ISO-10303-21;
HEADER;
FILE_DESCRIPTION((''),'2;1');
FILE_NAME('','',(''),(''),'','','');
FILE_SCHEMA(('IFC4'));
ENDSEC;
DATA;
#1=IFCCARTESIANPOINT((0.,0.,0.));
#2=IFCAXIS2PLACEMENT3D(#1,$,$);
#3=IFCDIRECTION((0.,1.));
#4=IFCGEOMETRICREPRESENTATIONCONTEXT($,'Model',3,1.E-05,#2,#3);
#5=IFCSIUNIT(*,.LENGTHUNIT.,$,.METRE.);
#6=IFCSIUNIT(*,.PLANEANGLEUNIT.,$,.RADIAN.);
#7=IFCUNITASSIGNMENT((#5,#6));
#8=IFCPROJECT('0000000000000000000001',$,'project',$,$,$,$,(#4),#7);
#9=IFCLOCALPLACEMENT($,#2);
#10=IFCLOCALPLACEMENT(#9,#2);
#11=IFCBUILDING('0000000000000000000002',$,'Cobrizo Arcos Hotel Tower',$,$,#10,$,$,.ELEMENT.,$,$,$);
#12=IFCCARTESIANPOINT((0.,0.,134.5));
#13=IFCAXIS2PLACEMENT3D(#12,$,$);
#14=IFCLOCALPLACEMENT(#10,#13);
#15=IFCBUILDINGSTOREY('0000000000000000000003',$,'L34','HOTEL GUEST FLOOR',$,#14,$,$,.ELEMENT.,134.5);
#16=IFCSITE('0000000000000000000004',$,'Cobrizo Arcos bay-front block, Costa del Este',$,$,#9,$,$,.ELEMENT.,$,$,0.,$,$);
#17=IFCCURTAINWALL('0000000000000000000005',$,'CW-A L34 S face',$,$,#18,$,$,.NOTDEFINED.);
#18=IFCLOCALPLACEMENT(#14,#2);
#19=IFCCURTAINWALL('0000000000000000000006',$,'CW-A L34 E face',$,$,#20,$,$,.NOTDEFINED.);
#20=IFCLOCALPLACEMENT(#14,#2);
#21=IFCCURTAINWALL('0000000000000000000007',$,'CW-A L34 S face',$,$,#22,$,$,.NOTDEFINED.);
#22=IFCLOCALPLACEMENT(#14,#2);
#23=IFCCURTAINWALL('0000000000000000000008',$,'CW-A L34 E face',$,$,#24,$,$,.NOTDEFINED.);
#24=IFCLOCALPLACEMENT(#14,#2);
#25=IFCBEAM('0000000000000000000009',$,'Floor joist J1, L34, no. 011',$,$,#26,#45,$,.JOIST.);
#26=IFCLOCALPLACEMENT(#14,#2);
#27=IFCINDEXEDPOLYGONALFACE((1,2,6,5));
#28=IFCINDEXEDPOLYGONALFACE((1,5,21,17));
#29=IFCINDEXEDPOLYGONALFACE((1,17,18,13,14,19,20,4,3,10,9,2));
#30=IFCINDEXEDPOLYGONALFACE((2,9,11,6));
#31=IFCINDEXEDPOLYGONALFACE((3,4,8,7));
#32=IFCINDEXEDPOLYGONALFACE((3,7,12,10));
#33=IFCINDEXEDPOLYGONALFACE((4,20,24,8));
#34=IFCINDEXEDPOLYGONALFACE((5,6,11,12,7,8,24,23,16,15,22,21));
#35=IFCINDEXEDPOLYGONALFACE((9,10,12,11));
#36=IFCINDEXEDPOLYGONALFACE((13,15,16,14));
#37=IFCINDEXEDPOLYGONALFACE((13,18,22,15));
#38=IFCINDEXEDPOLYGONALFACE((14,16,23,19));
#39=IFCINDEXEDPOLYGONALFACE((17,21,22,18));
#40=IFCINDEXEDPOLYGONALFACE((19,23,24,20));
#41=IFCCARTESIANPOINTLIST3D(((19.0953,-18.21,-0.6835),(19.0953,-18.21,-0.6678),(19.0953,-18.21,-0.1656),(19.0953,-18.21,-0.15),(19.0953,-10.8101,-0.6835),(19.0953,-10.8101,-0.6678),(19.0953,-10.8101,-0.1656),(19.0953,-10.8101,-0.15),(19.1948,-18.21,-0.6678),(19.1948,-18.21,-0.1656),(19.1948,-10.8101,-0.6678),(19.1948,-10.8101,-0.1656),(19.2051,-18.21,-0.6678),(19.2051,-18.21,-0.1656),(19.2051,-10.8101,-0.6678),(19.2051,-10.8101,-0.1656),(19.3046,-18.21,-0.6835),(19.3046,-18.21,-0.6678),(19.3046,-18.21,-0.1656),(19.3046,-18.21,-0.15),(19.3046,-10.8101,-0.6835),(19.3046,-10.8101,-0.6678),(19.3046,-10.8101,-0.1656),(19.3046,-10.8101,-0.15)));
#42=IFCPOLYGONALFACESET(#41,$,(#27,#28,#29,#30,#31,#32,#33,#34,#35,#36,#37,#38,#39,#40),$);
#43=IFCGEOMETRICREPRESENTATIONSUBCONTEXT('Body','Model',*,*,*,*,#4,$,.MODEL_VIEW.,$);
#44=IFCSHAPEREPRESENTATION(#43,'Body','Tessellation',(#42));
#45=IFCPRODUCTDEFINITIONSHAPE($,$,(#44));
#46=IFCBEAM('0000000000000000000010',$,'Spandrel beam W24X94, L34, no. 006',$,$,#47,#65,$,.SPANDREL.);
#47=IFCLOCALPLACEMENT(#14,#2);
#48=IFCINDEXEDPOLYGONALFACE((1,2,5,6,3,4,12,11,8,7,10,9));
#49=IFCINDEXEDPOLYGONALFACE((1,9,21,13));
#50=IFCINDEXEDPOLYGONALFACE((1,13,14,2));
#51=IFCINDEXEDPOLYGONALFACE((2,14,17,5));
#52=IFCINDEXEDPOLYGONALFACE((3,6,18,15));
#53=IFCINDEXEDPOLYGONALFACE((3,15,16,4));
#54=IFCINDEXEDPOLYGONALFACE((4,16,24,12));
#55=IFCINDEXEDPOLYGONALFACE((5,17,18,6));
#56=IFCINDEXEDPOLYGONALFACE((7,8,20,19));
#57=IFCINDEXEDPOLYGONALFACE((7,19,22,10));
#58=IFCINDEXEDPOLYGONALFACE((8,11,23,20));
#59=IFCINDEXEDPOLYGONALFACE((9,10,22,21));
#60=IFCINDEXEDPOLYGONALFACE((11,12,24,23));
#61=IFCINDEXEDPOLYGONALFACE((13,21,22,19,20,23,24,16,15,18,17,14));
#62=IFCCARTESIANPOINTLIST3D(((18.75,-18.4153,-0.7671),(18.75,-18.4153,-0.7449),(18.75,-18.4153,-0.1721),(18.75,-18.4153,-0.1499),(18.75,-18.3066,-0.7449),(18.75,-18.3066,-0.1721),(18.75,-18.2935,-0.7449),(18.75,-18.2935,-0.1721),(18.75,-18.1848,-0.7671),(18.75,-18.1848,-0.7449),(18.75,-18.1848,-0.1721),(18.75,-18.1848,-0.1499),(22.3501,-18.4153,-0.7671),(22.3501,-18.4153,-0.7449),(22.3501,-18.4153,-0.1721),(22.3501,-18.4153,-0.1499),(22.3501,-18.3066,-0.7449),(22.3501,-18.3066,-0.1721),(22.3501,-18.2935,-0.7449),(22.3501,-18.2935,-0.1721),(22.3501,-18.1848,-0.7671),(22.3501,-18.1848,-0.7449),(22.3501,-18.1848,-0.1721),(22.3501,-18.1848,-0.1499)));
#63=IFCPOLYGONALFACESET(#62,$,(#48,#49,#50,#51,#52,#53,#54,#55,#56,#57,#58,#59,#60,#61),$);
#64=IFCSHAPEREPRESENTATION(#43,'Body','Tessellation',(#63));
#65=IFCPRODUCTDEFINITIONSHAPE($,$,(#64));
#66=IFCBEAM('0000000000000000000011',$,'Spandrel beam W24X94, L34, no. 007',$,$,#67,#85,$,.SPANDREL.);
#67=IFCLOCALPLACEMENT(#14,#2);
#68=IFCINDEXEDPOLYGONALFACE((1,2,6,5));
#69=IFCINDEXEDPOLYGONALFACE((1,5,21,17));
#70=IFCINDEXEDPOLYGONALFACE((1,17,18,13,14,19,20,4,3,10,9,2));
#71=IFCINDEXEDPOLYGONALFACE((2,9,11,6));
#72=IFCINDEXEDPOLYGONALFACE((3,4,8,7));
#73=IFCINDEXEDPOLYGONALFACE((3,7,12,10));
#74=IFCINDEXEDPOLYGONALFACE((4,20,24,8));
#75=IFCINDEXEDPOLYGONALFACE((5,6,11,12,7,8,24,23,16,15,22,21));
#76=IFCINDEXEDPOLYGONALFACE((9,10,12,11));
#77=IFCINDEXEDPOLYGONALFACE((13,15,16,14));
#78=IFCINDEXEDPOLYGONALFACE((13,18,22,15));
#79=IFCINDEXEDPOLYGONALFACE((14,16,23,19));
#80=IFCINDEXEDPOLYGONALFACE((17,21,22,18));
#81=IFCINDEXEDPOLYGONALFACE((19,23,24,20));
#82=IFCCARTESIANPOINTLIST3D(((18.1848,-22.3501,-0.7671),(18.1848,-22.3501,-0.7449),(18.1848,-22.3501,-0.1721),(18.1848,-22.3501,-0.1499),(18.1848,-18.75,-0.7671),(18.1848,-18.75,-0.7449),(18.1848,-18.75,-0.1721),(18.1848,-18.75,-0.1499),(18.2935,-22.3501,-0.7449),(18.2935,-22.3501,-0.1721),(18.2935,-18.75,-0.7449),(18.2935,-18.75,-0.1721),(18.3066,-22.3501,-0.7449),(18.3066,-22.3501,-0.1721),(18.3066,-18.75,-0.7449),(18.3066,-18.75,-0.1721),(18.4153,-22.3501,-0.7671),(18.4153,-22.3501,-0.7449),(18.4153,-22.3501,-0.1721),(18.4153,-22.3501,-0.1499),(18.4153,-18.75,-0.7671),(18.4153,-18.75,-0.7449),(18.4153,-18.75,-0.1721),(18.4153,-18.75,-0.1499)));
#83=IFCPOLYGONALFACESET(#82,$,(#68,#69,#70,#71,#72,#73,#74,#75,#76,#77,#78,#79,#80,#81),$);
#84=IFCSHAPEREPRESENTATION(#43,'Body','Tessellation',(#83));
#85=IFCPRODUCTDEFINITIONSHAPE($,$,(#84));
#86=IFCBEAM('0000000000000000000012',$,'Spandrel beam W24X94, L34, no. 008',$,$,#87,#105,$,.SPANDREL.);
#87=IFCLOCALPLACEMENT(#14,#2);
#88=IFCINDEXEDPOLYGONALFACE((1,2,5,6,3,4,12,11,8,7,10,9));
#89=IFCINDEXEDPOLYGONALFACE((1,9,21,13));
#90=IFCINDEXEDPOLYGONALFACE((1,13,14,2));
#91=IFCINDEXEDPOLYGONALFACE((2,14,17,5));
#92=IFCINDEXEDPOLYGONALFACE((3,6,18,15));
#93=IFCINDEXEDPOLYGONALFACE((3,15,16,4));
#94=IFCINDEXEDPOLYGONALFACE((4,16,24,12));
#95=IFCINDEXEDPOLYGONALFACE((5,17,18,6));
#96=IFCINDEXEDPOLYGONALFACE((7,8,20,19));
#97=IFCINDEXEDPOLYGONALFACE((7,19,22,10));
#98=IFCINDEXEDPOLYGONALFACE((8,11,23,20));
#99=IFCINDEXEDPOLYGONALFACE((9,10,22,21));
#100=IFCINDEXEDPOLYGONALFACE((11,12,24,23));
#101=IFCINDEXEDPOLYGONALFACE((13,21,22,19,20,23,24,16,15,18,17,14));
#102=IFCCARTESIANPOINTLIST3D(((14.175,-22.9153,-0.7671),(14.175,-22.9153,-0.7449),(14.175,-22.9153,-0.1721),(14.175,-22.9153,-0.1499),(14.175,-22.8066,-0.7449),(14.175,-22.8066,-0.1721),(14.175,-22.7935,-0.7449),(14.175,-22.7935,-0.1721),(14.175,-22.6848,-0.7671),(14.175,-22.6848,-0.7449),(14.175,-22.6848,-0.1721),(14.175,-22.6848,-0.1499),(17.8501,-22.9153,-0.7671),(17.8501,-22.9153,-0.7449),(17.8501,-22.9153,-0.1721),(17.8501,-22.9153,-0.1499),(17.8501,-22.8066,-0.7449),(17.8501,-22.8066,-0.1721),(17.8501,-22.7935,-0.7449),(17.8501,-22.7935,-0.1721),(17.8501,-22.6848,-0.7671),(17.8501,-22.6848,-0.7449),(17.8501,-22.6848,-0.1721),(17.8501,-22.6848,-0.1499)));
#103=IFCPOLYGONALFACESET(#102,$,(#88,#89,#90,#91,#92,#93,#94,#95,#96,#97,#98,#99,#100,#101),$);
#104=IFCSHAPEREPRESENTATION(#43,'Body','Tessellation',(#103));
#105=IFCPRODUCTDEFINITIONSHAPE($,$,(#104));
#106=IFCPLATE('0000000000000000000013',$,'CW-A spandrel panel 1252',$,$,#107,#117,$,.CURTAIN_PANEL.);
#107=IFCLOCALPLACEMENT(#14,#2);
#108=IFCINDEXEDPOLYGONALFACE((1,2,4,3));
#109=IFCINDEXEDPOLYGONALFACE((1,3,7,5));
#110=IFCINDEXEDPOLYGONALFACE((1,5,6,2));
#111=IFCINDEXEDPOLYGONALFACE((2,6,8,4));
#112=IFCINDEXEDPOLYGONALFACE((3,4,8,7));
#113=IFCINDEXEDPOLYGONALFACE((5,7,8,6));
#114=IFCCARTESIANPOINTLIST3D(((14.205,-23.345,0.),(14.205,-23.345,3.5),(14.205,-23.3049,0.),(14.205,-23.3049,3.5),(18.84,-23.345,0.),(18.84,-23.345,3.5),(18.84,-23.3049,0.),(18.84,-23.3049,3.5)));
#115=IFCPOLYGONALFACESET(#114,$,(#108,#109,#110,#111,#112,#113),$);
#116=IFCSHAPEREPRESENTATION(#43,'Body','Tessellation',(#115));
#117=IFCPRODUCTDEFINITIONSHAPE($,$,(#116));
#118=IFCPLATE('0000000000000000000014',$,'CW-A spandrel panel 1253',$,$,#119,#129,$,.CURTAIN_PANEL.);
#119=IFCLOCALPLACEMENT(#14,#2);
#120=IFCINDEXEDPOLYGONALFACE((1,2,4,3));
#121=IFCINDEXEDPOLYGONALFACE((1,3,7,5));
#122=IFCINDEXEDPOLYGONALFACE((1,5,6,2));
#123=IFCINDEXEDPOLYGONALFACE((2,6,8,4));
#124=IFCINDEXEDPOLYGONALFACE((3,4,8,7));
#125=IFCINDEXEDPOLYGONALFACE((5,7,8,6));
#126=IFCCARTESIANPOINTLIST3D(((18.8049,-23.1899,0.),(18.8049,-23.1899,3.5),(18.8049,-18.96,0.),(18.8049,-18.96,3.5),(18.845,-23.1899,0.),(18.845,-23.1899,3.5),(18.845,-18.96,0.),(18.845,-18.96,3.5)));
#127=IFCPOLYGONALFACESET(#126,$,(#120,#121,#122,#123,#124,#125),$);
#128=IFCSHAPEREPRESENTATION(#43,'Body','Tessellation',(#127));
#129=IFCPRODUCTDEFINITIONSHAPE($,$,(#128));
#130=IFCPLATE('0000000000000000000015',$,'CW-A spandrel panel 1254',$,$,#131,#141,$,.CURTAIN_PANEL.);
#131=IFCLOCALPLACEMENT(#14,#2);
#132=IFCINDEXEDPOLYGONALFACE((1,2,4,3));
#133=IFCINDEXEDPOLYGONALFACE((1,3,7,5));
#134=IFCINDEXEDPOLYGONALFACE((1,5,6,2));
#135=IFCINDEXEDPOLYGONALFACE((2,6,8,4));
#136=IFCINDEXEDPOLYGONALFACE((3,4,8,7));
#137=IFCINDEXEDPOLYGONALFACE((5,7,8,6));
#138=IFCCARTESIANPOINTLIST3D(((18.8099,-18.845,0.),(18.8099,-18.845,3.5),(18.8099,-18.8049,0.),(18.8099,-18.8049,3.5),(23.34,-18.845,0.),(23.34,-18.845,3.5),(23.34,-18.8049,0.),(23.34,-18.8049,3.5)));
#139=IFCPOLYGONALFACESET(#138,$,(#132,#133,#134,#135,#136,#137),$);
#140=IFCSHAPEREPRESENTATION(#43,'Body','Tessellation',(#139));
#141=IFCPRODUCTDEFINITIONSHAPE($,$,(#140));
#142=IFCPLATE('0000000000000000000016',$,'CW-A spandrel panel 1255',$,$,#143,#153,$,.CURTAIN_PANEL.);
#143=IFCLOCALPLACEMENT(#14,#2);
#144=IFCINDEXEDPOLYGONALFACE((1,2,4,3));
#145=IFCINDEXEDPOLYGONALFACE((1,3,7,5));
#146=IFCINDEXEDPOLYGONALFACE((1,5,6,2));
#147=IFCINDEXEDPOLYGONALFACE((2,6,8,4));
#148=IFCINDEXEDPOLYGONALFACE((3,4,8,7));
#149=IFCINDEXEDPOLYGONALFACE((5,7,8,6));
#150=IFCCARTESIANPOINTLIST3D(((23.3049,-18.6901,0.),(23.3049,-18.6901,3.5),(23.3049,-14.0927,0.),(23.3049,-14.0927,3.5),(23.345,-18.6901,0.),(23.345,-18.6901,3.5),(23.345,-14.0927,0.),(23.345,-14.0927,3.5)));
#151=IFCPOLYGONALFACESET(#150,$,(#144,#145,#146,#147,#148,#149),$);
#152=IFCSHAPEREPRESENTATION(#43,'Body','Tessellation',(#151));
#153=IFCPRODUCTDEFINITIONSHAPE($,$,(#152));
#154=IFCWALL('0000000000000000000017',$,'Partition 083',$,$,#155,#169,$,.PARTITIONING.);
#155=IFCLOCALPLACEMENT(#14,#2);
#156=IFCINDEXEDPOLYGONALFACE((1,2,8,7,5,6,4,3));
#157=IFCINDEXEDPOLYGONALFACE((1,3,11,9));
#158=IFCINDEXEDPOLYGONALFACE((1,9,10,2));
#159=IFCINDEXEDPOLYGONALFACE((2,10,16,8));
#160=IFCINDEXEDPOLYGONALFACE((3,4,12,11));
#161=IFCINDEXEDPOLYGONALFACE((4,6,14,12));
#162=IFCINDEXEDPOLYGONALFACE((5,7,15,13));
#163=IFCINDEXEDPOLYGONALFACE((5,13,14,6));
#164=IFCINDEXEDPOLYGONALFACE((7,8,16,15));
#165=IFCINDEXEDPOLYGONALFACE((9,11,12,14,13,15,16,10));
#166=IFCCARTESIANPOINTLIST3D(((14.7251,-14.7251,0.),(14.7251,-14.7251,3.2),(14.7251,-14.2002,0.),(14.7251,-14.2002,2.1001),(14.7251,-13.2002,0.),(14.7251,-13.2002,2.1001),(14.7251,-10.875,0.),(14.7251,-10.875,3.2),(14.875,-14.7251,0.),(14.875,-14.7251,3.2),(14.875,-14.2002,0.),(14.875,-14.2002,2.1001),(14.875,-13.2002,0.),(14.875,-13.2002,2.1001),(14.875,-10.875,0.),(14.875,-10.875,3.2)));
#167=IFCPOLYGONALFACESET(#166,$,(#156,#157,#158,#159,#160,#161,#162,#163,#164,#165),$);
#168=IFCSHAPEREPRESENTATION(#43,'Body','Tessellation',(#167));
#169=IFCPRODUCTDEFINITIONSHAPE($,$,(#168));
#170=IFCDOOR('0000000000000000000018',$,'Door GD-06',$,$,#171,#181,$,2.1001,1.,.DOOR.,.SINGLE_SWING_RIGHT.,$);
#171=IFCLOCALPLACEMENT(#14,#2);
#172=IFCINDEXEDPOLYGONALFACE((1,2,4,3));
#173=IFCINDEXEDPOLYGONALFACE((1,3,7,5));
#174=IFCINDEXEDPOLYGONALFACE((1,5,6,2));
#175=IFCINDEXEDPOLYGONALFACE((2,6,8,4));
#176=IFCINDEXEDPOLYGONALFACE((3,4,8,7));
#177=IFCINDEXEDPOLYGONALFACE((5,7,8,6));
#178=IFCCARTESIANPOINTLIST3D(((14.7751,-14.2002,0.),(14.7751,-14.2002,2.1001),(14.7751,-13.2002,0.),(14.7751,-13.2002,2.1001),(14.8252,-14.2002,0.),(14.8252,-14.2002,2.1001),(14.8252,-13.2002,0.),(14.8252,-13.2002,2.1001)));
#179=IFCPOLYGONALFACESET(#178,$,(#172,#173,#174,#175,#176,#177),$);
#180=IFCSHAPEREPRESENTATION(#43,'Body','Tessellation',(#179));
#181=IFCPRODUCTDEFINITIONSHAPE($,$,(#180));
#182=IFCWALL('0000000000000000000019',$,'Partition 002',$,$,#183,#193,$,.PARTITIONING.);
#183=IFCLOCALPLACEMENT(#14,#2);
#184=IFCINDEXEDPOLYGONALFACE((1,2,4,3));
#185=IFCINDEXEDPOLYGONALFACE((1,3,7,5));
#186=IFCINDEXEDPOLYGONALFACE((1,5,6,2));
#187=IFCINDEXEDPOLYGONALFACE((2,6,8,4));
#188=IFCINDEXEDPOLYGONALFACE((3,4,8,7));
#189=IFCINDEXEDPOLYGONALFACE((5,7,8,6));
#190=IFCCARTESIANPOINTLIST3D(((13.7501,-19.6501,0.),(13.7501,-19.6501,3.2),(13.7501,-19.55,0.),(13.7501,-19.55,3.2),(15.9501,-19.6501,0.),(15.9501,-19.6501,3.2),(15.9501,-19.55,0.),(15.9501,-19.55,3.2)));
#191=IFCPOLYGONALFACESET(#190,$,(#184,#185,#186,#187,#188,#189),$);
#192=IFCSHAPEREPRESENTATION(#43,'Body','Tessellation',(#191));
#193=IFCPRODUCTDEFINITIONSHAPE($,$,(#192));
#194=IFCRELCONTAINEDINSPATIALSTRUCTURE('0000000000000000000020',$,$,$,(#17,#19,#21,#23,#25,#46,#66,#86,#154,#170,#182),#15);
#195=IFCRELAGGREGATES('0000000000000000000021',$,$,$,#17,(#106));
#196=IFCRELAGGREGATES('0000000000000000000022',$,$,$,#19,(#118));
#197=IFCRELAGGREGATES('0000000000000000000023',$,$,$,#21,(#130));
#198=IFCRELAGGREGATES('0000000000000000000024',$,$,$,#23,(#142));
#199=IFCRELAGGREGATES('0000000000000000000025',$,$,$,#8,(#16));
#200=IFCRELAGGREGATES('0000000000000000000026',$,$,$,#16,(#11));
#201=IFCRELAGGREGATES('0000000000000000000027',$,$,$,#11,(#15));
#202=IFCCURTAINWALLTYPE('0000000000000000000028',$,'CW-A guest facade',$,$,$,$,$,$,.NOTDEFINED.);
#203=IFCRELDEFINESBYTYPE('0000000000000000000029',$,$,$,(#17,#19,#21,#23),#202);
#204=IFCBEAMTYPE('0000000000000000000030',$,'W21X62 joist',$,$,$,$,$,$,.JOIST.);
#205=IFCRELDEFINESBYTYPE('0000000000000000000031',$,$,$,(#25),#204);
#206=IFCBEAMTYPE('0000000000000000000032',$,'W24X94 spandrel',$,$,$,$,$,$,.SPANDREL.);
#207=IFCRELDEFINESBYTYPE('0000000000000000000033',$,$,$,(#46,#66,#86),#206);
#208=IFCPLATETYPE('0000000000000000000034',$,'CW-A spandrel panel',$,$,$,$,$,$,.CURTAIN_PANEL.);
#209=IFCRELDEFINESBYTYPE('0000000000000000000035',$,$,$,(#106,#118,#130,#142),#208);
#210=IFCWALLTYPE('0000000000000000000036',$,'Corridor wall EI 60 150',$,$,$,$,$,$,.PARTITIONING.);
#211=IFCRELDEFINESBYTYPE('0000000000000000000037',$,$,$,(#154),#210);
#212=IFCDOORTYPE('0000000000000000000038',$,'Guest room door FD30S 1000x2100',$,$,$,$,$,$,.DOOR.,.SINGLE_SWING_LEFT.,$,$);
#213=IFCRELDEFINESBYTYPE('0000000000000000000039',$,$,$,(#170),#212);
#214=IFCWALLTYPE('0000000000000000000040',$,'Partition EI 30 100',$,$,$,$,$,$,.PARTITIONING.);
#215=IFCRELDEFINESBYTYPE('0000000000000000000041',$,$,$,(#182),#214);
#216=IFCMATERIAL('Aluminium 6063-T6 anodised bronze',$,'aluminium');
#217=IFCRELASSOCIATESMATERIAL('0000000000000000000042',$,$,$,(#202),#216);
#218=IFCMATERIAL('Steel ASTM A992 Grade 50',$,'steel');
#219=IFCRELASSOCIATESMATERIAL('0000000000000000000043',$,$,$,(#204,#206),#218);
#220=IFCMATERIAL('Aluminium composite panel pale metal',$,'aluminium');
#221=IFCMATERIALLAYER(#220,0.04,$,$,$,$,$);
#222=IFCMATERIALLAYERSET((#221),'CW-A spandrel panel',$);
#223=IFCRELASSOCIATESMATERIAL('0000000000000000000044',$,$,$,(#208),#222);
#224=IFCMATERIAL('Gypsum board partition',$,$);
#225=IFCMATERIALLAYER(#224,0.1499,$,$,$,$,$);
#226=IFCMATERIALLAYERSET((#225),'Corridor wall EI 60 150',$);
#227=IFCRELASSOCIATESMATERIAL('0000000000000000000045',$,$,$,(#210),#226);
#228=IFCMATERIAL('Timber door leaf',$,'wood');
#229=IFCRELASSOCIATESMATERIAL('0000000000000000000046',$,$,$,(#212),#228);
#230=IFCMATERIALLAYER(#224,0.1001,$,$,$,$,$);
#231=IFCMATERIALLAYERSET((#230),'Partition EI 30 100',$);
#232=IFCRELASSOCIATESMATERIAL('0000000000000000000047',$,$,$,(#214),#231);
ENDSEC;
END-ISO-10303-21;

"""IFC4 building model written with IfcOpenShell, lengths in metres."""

from ifc_helpers import new_model, si_unit, direction, frame, frame_2d, origin, origin_2d, place, context, subcontext, project, spatial, rectangle, i_section, extrude, material, layer, layer_set, material_profile, profile_set, type_object, element, fill, aggregate, save


model = new_model("IFC4")

# Units and contexts
model_context = context("Model", 3, precision=1e-05, world=origin(), true_north=direction((0.0, 1.0)))
body_context = subcontext(model_context, "Body", "Model", "MODEL_VIEW")
ifc_project = project(units=[si_unit("LENGTHUNIT", "METRE"), si_unit("PLANEANGLEUNIT", "RADIAN")], contexts=[model_context])

# Site, building, storey
site_placement = place(None, origin())
site = spatial("IfcSite", under=ifc_project, at=site_placement, Name="Cobrizo Arcos bay-front block, Costa del Este", CompositionType="ELEMENT", RefElevation=0.0)
building_placement = place(site_placement, origin())
building = spatial("IfcBuilding", under=site, at=building_placement, Name="Cobrizo Arcos Hotel Tower", CompositionType="ELEMENT")
storey_placement = place(building_placement, frame((0.0, 0.0, 134.5)))
storey = spatial("IfcBuildingStorey", under=building, at=storey_placement, Name="L34", Description="HOTEL GUEST FLOOR", CompositionType="ELEMENT", Elevation=134.5)

# Curtain walls
ifc_material_1 = material(Name="Aluminium 6063-T6 anodised bronze", Category="aluminium")
curtain_wall_type = type_object("IfcCurtainWallType", Name="CW-A guest facade", PredefinedType="NOTDEFINED", material=ifc_material_1)
curtain_wall_1_placement = place(storey_placement, origin())
curtain_wall_1 = element("IfcCurtainWall", 1, at=curtain_wall_1_placement, inside=storey, type_object=curtain_wall_type, Name="CW-A L34 S face", PredefinedType="NOTDEFINED")
curtain_wall_2_placement = place(storey_placement, origin())
curtain_wall_2 = element("IfcCurtainWall", 2, at=curtain_wall_2_placement, inside=storey, type_object=curtain_wall_type, Name="CW-A L34 E face", PredefinedType="NOTDEFINED")
curtain_wall_3_placement = place(storey_placement, origin())
curtain_wall_3 = element("IfcCurtainWall", 3, at=curtain_wall_3_placement, inside=storey, type_object=curtain_wall_type, Name="CW-A L34 S face", PredefinedType="NOTDEFINED")

# Curtain wall
curtain_wall_4_placement = place(storey_placement, origin())
curtain_wall_4 = element("IfcCurtainWall", 4, at=curtain_wall_4_placement, inside=storey, type_object=curtain_wall_type, Name="CW-A L34 E face", PredefinedType="NOTDEFINED")

# Beams
ifc_material_2 = material(Name="Steel ASTM A992 Grade 50", Category="steel")
ifc_material_profile_1 = material_profile(ifc_material_2, i_section(OverallWidth=0.2092, OverallDepth=0.5334, WebThickness=0.0103, FlangeThickness=0.0156, at=origin_2d()), Name="W21X62")
ifc_profile_set_1 = profile_set([ifc_material_profile_1], Name="Steel ASTM A992 Grade 50")
beam_type_1 = type_object("IfcBeamType", Name="W21X62 joist", PredefinedType="JOIST", material=ifc_profile_set_1)
beam_1_placement = place(storey_placement, frame((19.2, -18.21, -0.4167), z_axis=(0.0, 1.0, 0.0), x_axis=(-1.0, 0.0, 0.0)))
element("IfcBeam", 5, at=beam_1_placement, inside=storey, type_object=beam_type_1, Name="Floor joist J1, L34, no. 011", PredefinedType="JOIST", context=body_context, shape_type="SweptSolid", body=[
    extrude(i_section(OverallWidth=0.2092, OverallDepth=0.5334, WebThickness=0.0103, FlangeThickness=0.0156, at=origin_2d()), origin(), (0.0, 0.0, 1.0), 7.3999),
])
ifc_material_profile_2 = material_profile(ifc_material_2, i_section(OverallWidth=0.2305, OverallDepth=0.6172, WebThickness=0.0132, FlangeThickness=0.0222, at=origin_2d()), Name="W24X94")
ifc_profile_set_2 = profile_set([ifc_material_profile_2], Name="Steel ASTM A992 Grade 50")
beam_type_2 = type_object("IfcBeamType", Name="W24X94 spandrel", PredefinedType="SPANDREL", material=ifc_profile_set_2)
for number, where, z_axis, x_axis, name in (
    (6, (22.3501, -18.3, -0.4585), (-1.0, 0.0, 0.0), (0.0, -1.0, 0.0), "Spandrel beam W24X94, L34, no. 006"),
    (7, (18.3, -18.75, -0.4585), (0.0, -1.0, 0.0), (1.0, 0.0, 0.0), "Spandrel beam W24X94, L34, no. 007"),
):
    element("IfcBeam", number, at=place(storey_placement, frame(where, z_axis=z_axis, x_axis=x_axis)), inside=storey, type_object=beam_type_2, Name=name, PredefinedType="SPANDREL", context=body_context, shape_type="SweptSolid", body=[
        extrude(i_section(OverallWidth=0.2305, OverallDepth=0.6172, WebThickness=0.0132, FlangeThickness=0.0222, at=origin_2d()), origin(), (0.0, 0.0, 1.0), 3.6001),
    ])
beam_2_placement = place(storey_placement, frame((17.8501, -22.8, -0.4585), z_axis=(-1.0, 0.0, 0.0), x_axis=(0.0, -1.0, 0.0)))
element("IfcBeam", 8, at=beam_2_placement, inside=storey, type_object=beam_type_2, Name="Spandrel beam W24X94, L34, no. 008", PredefinedType="SPANDREL", context=body_context, shape_type="SweptSolid", body=[
    extrude(i_section(OverallWidth=0.2305, OverallDepth=0.6172, WebThickness=0.0132, FlangeThickness=0.0222, at=origin_2d()), origin(), (0.0, 0.0, 1.0), 3.675),
])

# Plates
ifc_material_3 = material(Name="Aluminium composite panel pale metal", Category="aluminium")
ifc_layer_1 = layer(ifc_material_3, 0.04)
ifc_layer_set_1 = layer_set([ifc_layer_1], Name="CW-A spandrel panel")
plate_type = type_object("IfcPlateType", Name="CW-A spandrel panel", PredefinedType="CURTAIN_PANEL", material=ifc_layer_set_1)
plate_1_placement = place(storey_placement, frame((16.5225, -23.325, 0.0), z_axis=(0.0, 0.0, 1.0), x_axis=(1.0, 0.0, 0.0)))
plate_1 = element("IfcPlate", 9, at=plate_1_placement, type_object=plate_type, Name="CW-A spandrel panel 1252", PredefinedType="CURTAIN_PANEL", context=body_context, shape_type="SweptSolid", body=[
    extrude(rectangle(XDim=4.635, YDim=0.04, at=origin_2d()), origin(), (0.0, 0.0, 1.0), 3.5),
])
aggregate(curtain_wall_1, [plate_1])
plate_2_placement = place(storey_placement, frame((18.825, -21.075, 0.0), z_axis=(0.0, 0.0, 1.0), x_axis=(0.0, 1.0, 0.0)))
plate_2 = element("IfcPlate", 10, at=plate_2_placement, type_object=plate_type, Name="CW-A spandrel panel 1253", PredefinedType="CURTAIN_PANEL", context=body_context, shape_type="SweptSolid", body=[
    extrude(rectangle(XDim=4.23, YDim=0.04, at=origin_2d()), origin(), (0.0, 0.0, 1.0), 3.5),
])
aggregate(curtain_wall_2, [plate_2])
plate_3_placement = place(storey_placement, frame((21.075, -18.825, 0.0), z_axis=(0.0, 0.0, 1.0), x_axis=(1.0, 0.0, 0.0)))
plate_3 = element("IfcPlate", 11, at=plate_3_placement, type_object=plate_type, Name="CW-A spandrel panel 1254", PredefinedType="CURTAIN_PANEL", context=body_context, shape_type="SweptSolid", body=[
    extrude(rectangle(XDim=4.53, YDim=0.04, at=origin_2d()), origin(), (0.0, 0.0, 1.0), 3.5),
])
aggregate(curtain_wall_3, [plate_3])
plate_4_placement = place(storey_placement, frame((23.325, -16.3914, 0.0), z_axis=(0.0, 0.0, 1.0), x_axis=(0.0, 1.0, 0.0)))
plate_4 = element("IfcPlate", 12, at=plate_4_placement, type_object=plate_type, Name="CW-A spandrel panel 1255", PredefinedType="CURTAIN_PANEL", context=body_context, shape_type="SweptSolid", body=[
    extrude(rectangle(XDim=4.5974, YDim=0.04, at=origin_2d()), origin(), (0.0, 0.0, 1.0), 3.5),
])
aggregate(curtain_wall_4, [plate_4])

# Wall, opening, door
ifc_material_4 = material(Name="Gypsum board partition")
ifc_layer_2 = layer(ifc_material_4, 0.1499)
ifc_layer_set_2 = layer_set([ifc_layer_2], Name="Corridor wall EI 60 150")
wall_type_1 = type_object("IfcWallType", Name="Corridor wall EI 60 150", PredefinedType="PARTITIONING", material=ifc_layer_set_2)
wall_1_placement = place(storey_placement, frame((14.8, -14.7251, 0.0), z_axis=(0.0, 0.0, 1.0), x_axis=(0.0, 1.0, 0.0)))
wall_1 = element("IfcWall", 13, at=wall_1_placement, inside=storey, type_object=wall_type_1, Name="Partition 083", PredefinedType="PARTITIONING", context=body_context, shape_type="SweptSolid", body=[
    extrude(rectangle(XDim=3.8501, YDim=0.1499, at=frame_2d((1.925, 0.0))), origin(), (0.0, 0.0, 1.0), 3.2),
])
opening_1_placement = place(wall_1_placement, frame((0.5249, 0.0, 0.0)))
opening_1 = element("IfcOpeningElement", 14, at=opening_1_placement, cuts=wall_1, PredefinedType="OPENING", context=body_context, shape_type="SweptSolid", body=[
    extrude(rectangle(XDim=1.0, YDim=2.1001, at=frame_2d((0.5, 1.05))), frame((0.0, 0.0869, 0.0), z_axis=(0.0, -1.0, 0.0), x_axis=(1.0, 0.0, 0.0)), (0.0, 0.0, 1.0), 0.1738),
])
ifc_material_5 = material(Name="Timber door leaf", Category="wood")
door_type_1 = type_object("IfcDoorType", Name="Guest room door FD30S 1000x2100", OperationType="SINGLE_SWING_LEFT", PredefinedType="DOOR", material=ifc_material_5)
door_1_placement = place(opening_1_placement, origin())
door_1 = element("IfcDoor", 15, at=door_1_placement, inside=storey, type_object=door_type_1, Name="Door GD-06", OperationType="SINGLE_SWING_RIGHT", OverallHeight=2.1001, OverallWidth=1.0, PredefinedType="DOOR", context=body_context, shape_type="SweptSolid", body=[
    extrude(rectangle(XDim=1.0, YDim=2.1001, at=frame_2d((0.5, 1.05))), frame((0.0, 0.0249, 0.0), z_axis=(0.0, -1.0, 0.0), x_axis=(1.0, 0.0, 0.0)), (0.0, 0.0, 1.0), 0.05),
])
fill(opening_1, door_1)

# Wall
ifc_layer_3 = layer(ifc_material_4, 0.1001)
ifc_layer_set_3 = layer_set([ifc_layer_3], Name="Partition EI 30 100")
wall_type_2 = type_object("IfcWallType", Name="Partition EI 30 100", PredefinedType="PARTITIONING", material=ifc_layer_set_3)
wall_2_placement = place(storey_placement, frame((13.75, -19.6001, 0.0), z_axis=(0.0, 0.0, 1.0), x_axis=(1.0, 0.0, 0.0)))
element("IfcWall", 16, at=wall_2_placement, inside=storey, type_object=wall_type_2, Name="Partition 002", PredefinedType="PARTITIONING", context=body_context, shape_type="SweptSolid", body=[
    extrude(rectangle(XDim=2.2, YDim=0.1001, at=frame_2d((1.1001, 0.0))), origin(), (0.0, 0.0, 1.0), 3.2),
])

save(model, "model.ifc")
